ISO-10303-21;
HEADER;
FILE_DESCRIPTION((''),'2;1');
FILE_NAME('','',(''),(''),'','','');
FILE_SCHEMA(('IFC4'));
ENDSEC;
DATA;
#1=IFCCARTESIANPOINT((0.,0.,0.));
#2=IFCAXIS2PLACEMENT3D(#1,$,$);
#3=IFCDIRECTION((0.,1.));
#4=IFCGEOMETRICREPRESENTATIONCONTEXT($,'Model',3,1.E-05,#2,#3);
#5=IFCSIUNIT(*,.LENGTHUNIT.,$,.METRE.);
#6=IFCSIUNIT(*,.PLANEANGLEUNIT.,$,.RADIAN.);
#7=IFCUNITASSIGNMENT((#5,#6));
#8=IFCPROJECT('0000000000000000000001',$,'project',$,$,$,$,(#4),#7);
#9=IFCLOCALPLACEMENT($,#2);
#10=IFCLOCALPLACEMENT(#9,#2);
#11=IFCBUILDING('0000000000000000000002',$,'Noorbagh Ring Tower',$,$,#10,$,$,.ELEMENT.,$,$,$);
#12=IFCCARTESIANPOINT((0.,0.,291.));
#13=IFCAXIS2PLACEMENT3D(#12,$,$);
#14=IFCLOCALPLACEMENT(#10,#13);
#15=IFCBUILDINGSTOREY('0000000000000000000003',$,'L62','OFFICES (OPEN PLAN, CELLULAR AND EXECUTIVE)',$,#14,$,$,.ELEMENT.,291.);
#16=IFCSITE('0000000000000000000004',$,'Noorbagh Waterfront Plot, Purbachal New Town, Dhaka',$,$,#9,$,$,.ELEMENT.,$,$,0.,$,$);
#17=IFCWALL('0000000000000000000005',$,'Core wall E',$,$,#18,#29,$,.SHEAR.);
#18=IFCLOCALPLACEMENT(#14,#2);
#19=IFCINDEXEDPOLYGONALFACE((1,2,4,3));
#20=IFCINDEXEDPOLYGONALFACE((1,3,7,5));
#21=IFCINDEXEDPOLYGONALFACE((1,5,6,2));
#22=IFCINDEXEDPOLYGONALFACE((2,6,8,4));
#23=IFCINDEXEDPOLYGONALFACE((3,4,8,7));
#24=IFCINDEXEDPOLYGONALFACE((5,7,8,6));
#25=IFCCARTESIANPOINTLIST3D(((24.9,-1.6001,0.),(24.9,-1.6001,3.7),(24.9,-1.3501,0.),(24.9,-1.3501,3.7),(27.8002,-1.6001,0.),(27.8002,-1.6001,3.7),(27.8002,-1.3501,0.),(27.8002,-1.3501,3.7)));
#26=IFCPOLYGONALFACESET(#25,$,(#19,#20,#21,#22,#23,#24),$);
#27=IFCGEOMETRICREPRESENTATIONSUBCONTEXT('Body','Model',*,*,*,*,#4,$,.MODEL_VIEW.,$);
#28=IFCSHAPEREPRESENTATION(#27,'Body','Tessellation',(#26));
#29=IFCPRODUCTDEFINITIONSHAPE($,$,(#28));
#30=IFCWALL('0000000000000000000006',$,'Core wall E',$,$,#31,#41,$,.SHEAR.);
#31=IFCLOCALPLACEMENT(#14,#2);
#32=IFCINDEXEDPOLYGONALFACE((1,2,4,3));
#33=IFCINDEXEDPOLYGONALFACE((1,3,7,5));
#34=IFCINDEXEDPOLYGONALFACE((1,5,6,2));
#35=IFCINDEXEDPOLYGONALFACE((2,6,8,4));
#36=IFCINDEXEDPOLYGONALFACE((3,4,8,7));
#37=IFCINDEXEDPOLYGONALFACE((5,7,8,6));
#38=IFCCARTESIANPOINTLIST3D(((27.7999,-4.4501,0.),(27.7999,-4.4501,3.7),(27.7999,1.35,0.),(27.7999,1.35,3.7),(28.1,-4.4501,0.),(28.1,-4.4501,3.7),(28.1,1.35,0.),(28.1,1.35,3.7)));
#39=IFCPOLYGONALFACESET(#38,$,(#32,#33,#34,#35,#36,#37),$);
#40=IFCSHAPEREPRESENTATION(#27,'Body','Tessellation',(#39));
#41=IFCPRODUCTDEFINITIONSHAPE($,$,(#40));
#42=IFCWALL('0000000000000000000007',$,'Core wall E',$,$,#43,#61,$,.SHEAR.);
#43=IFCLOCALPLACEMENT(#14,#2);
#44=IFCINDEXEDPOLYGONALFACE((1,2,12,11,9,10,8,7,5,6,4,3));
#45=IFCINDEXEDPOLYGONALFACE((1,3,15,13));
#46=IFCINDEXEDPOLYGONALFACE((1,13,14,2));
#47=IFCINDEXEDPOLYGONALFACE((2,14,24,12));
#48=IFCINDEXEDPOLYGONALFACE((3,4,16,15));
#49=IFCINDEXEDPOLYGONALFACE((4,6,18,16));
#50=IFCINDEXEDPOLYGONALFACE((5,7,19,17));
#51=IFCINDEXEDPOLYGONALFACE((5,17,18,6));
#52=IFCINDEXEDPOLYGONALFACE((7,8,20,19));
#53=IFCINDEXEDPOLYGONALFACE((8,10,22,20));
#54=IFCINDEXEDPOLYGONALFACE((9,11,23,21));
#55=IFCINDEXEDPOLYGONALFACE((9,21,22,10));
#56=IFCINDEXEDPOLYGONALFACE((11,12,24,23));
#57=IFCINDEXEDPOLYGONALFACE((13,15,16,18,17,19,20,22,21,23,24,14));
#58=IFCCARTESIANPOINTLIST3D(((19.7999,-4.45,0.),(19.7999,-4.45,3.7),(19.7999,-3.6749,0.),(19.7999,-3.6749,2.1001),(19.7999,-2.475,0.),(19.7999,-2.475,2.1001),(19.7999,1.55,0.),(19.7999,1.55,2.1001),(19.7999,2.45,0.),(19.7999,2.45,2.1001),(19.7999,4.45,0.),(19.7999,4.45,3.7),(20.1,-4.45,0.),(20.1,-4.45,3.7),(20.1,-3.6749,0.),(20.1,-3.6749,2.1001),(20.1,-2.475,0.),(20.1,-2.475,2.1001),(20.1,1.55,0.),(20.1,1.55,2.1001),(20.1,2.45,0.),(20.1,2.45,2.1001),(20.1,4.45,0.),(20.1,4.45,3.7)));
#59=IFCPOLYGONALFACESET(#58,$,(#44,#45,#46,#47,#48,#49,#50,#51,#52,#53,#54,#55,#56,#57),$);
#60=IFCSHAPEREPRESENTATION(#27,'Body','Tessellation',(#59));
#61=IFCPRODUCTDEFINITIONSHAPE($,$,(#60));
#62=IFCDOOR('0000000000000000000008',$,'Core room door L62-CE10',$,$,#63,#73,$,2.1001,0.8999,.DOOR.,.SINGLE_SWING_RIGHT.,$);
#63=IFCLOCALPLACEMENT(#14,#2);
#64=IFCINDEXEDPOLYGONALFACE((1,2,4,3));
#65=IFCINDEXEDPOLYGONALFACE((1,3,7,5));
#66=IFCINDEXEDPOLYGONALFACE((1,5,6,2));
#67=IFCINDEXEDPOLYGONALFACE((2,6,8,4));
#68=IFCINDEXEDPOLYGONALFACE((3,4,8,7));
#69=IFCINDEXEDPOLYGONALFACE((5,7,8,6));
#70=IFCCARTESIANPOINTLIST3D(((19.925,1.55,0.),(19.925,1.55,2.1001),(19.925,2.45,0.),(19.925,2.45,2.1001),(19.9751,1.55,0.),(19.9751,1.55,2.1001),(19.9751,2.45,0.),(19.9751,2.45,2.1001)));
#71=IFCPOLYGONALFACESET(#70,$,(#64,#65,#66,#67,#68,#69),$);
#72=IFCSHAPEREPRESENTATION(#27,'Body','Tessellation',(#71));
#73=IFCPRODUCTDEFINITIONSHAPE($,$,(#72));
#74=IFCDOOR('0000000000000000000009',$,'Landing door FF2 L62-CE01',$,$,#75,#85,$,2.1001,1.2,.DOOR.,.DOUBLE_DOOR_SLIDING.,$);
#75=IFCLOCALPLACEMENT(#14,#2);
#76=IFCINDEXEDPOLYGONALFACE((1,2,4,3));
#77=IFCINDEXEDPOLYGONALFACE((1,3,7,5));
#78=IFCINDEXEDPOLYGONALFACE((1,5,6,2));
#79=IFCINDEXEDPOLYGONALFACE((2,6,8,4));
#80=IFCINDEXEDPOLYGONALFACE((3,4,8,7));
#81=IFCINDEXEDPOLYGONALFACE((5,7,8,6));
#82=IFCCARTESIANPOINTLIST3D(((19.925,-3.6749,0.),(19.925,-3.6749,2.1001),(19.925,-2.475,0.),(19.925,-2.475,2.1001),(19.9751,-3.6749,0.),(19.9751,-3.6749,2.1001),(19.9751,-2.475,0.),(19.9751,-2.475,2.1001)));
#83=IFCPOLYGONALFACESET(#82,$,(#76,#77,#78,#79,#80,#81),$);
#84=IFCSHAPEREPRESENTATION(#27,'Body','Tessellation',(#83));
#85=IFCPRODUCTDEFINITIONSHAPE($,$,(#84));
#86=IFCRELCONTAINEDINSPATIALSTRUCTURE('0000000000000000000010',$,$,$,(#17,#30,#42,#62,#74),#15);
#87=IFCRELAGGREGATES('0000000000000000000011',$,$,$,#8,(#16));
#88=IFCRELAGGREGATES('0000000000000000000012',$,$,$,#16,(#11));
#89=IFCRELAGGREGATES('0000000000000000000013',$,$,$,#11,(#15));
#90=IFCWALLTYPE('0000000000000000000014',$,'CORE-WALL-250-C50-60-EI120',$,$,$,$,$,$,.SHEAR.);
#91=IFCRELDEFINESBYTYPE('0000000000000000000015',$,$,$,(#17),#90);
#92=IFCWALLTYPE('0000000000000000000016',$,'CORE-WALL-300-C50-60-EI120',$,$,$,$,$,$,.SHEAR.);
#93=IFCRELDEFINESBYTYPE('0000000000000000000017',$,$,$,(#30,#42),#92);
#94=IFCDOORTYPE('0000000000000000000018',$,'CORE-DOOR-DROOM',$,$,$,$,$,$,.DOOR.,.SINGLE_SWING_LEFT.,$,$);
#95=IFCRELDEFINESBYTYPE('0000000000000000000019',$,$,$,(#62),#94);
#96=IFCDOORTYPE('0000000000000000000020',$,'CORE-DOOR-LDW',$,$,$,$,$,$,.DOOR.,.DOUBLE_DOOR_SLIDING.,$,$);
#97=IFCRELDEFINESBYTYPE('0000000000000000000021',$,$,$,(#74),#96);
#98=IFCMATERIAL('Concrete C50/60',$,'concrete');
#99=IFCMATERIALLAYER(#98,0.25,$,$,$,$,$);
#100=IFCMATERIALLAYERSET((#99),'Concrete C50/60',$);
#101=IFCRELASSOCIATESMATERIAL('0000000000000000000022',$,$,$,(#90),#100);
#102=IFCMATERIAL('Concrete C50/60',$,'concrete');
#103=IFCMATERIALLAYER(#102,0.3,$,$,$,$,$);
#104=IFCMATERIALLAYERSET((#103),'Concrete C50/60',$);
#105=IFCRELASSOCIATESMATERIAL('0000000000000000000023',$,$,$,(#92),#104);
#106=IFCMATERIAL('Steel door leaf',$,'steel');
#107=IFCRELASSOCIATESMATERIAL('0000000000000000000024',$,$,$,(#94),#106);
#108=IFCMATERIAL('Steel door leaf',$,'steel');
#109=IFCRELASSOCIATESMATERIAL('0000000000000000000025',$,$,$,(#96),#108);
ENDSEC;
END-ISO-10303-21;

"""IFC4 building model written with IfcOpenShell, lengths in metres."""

from ifc_helpers import new_model, si_unit, direction, frame, frame_2d, origin, place, context, subcontext, project, spatial, rectangle, extrude, material, layer, layer_set, type_object, element, fill, save


model = new_model("IFC4")

# Units and contexts
model_context = context("Model", 3, precision=1e-05, world=origin(), true_north=direction((0.0, 1.0)))
body_context = subcontext(model_context, "Body", "Model", "MODEL_VIEW")
ifc_project = project(units=[si_unit("LENGTHUNIT", "METRE"), si_unit("PLANEANGLEUNIT", "RADIAN")], contexts=[model_context])

# Site, building, storey
site_placement = place(None, origin())
site = spatial("IfcSite", under=ifc_project, at=site_placement, Name="Noorbagh Waterfront Plot, Purbachal New Town, Dhaka", CompositionType="ELEMENT", RefElevation=0.0)
building_placement = place(site_placement, origin())
building = spatial("IfcBuilding", under=site, at=building_placement, Name="Noorbagh Ring Tower", CompositionType="ELEMENT")
storey_placement = place(building_placement, frame((0.0, 0.0, 291.0)))
storey = spatial("IfcBuildingStorey", under=building, at=storey_placement, Name="L62", Description="OFFICES (OPEN PLAN, CELLULAR AND EXECUTIVE)", CompositionType="ELEMENT", Elevation=291.0)

# Walls
ifc_material_1 = material(Name="Concrete C50/60", Category="concrete")
ifc_layer_1 = layer(ifc_material_1, 0.25)
ifc_layer_set_1 = layer_set([ifc_layer_1], Name="Concrete C50/60")
wall_type_1 = type_object("IfcWallType", Name="CORE-WALL-250-C50-60-EI120", PredefinedType="SHEAR", material=ifc_layer_set_1)
wall_1_placement = place(storey_placement, frame((24.8999, -1.4751, 0.0), z_axis=(0.0, 0.0, 1.0), x_axis=(1.0, 0.0, 0.0)))
element("IfcWall", 1, at=wall_1_placement, inside=storey, type_object=wall_type_1, Name="Core wall E", PredefinedType="SHEAR", context=body_context, shape_type="SweptSolid", body=[
    extrude(rectangle(XDim=2.9001, YDim=0.25, at=frame_2d((1.4502, 0.0))), origin(), (0.0, 0.0, 1.0), 3.7),
])
ifc_material_2 = material(Name="Concrete C50/60", Category="concrete")
ifc_layer_2 = layer(ifc_material_2, 0.3)
ifc_layer_set_2 = layer_set([ifc_layer_2], Name="Concrete C50/60")
wall_type_2 = type_object("IfcWallType", Name="CORE-WALL-300-C50-60-EI120", PredefinedType="SHEAR", material=ifc_layer_set_2)
wall_2_placement = place(storey_placement, frame((27.95, -4.45, 0.0), z_axis=(0.0, 0.0, 1.0), x_axis=(0.0, 1.0, 0.0)))
element("IfcWall", 2, at=wall_2_placement, inside=storey, type_object=wall_type_2, Name="Core wall E", PredefinedType="SHEAR", context=body_context, shape_type="SweptSolid", body=[
    extrude(rectangle(XDim=5.8, YDim=0.3, at=frame_2d((2.8999, 0.0))), origin(), (0.0, 0.0, 1.0), 3.7),
])

# Wall, openings, doors
wall_3_placement = place(storey_placement, frame((19.95, -4.45, 0.0), z_axis=(0.0, 0.0, 1.0), x_axis=(0.0, 1.0, 0.0)))
wall_3 = element("IfcWall", 3, at=wall_3_placement, inside=storey, type_object=wall_type_2, Name="Core wall E", PredefinedType="SHEAR", context=body_context, shape_type="SweptSolid", body=[
    extrude(rectangle(XDim=8.8999, YDim=0.3, at=frame_2d((4.45, 0.0))), origin(), (0.0, 0.0, 1.0), 3.7),
])
opening_1_placement = place(wall_3_placement, frame((0.7749, 0.0, 0.0)))
opening_1 = element("IfcOpeningElement", 4, at=opening_1_placement, cuts=wall_3, PredefinedType="OPENING", context=body_context, shape_type="SweptSolid", body=[
    extrude(rectangle(XDim=1.2, YDim=2.1001, at=frame_2d((0.6001, 1.05))), frame((0.0, 0.1602, 0.0), z_axis=(0.0, -1.0, 0.0), x_axis=(1.0, 0.0, 0.0)), (0.0, 0.0, 1.0), 0.3201),
])
opening_2_placement = place(wall_3_placement, frame((6.0, 0.0, 0.0)))
opening_2 = element("IfcOpeningElement", 5, at=opening_2_placement, cuts=wall_3, PredefinedType="OPENING", context=body_context, shape_type="SweptSolid", body=[
    extrude(rectangle(XDim=0.8999, YDim=2.1001, at=frame_2d((0.45, 1.05))), frame((0.0, 0.1602, 0.0), z_axis=(0.0, -1.0, 0.0), x_axis=(1.0, 0.0, 0.0)), (0.0, 0.0, 1.0), 0.3201),
])
ifc_material_3 = material(Name="Steel door leaf", Category="steel")
door_type_1 = type_object("IfcDoorType", Name="CORE-DOOR-DROOM", OperationType="SINGLE_SWING_LEFT", PredefinedType="DOOR", material=ifc_material_3)
door_1_placement = place(opening_2_placement, origin())
door_1 = element("IfcDoor", 6, at=door_1_placement, inside=storey, type_object=door_type_1, Name="Core room door L62-CE10", OperationType="SINGLE_SWING_RIGHT", OverallHeight=2.1001, OverallWidth=0.8999, PredefinedType="DOOR", context=body_context, shape_type="SweptSolid", body=[
    extrude(rectangle(XDim=0.8999, YDim=2.1001, at=frame_2d((0.45, 1.05))), frame((0.0, 0.0249, 0.0), z_axis=(0.0, -1.0, 0.0), x_axis=(1.0, 0.0, 0.0)), (0.0, 0.0, 1.0), 0.05),
])
fill(opening_2, door_1)
ifc_material_4 = material(Name="Steel door leaf", Category="steel")
door_type_2 = type_object("IfcDoorType", Name="CORE-DOOR-LDW", OperationType="DOUBLE_DOOR_SLIDING", PredefinedType="DOOR", material=ifc_material_4)
door_2_placement = place(opening_1_placement, origin())
door_2 = element("IfcDoor", 7, at=door_2_placement, inside=storey, type_object=door_type_2, Name="Landing door FF2 L62-CE01", OperationType="DOUBLE_DOOR_SLIDING", OverallHeight=2.1001, OverallWidth=1.2, PredefinedType="DOOR", context=body_context, shape_type="SweptSolid", body=[
    extrude(rectangle(XDim=1.2, YDim=2.1001, at=frame_2d((0.6001, 1.05))), frame((0.0, 0.0249, 0.0), z_axis=(0.0, -1.0, 0.0), x_axis=(1.0, 0.0, 0.0)), (0.0, 0.0, 1.0), 0.05),
])
fill(opening_1, door_2)

save(model, "model.ifc")
